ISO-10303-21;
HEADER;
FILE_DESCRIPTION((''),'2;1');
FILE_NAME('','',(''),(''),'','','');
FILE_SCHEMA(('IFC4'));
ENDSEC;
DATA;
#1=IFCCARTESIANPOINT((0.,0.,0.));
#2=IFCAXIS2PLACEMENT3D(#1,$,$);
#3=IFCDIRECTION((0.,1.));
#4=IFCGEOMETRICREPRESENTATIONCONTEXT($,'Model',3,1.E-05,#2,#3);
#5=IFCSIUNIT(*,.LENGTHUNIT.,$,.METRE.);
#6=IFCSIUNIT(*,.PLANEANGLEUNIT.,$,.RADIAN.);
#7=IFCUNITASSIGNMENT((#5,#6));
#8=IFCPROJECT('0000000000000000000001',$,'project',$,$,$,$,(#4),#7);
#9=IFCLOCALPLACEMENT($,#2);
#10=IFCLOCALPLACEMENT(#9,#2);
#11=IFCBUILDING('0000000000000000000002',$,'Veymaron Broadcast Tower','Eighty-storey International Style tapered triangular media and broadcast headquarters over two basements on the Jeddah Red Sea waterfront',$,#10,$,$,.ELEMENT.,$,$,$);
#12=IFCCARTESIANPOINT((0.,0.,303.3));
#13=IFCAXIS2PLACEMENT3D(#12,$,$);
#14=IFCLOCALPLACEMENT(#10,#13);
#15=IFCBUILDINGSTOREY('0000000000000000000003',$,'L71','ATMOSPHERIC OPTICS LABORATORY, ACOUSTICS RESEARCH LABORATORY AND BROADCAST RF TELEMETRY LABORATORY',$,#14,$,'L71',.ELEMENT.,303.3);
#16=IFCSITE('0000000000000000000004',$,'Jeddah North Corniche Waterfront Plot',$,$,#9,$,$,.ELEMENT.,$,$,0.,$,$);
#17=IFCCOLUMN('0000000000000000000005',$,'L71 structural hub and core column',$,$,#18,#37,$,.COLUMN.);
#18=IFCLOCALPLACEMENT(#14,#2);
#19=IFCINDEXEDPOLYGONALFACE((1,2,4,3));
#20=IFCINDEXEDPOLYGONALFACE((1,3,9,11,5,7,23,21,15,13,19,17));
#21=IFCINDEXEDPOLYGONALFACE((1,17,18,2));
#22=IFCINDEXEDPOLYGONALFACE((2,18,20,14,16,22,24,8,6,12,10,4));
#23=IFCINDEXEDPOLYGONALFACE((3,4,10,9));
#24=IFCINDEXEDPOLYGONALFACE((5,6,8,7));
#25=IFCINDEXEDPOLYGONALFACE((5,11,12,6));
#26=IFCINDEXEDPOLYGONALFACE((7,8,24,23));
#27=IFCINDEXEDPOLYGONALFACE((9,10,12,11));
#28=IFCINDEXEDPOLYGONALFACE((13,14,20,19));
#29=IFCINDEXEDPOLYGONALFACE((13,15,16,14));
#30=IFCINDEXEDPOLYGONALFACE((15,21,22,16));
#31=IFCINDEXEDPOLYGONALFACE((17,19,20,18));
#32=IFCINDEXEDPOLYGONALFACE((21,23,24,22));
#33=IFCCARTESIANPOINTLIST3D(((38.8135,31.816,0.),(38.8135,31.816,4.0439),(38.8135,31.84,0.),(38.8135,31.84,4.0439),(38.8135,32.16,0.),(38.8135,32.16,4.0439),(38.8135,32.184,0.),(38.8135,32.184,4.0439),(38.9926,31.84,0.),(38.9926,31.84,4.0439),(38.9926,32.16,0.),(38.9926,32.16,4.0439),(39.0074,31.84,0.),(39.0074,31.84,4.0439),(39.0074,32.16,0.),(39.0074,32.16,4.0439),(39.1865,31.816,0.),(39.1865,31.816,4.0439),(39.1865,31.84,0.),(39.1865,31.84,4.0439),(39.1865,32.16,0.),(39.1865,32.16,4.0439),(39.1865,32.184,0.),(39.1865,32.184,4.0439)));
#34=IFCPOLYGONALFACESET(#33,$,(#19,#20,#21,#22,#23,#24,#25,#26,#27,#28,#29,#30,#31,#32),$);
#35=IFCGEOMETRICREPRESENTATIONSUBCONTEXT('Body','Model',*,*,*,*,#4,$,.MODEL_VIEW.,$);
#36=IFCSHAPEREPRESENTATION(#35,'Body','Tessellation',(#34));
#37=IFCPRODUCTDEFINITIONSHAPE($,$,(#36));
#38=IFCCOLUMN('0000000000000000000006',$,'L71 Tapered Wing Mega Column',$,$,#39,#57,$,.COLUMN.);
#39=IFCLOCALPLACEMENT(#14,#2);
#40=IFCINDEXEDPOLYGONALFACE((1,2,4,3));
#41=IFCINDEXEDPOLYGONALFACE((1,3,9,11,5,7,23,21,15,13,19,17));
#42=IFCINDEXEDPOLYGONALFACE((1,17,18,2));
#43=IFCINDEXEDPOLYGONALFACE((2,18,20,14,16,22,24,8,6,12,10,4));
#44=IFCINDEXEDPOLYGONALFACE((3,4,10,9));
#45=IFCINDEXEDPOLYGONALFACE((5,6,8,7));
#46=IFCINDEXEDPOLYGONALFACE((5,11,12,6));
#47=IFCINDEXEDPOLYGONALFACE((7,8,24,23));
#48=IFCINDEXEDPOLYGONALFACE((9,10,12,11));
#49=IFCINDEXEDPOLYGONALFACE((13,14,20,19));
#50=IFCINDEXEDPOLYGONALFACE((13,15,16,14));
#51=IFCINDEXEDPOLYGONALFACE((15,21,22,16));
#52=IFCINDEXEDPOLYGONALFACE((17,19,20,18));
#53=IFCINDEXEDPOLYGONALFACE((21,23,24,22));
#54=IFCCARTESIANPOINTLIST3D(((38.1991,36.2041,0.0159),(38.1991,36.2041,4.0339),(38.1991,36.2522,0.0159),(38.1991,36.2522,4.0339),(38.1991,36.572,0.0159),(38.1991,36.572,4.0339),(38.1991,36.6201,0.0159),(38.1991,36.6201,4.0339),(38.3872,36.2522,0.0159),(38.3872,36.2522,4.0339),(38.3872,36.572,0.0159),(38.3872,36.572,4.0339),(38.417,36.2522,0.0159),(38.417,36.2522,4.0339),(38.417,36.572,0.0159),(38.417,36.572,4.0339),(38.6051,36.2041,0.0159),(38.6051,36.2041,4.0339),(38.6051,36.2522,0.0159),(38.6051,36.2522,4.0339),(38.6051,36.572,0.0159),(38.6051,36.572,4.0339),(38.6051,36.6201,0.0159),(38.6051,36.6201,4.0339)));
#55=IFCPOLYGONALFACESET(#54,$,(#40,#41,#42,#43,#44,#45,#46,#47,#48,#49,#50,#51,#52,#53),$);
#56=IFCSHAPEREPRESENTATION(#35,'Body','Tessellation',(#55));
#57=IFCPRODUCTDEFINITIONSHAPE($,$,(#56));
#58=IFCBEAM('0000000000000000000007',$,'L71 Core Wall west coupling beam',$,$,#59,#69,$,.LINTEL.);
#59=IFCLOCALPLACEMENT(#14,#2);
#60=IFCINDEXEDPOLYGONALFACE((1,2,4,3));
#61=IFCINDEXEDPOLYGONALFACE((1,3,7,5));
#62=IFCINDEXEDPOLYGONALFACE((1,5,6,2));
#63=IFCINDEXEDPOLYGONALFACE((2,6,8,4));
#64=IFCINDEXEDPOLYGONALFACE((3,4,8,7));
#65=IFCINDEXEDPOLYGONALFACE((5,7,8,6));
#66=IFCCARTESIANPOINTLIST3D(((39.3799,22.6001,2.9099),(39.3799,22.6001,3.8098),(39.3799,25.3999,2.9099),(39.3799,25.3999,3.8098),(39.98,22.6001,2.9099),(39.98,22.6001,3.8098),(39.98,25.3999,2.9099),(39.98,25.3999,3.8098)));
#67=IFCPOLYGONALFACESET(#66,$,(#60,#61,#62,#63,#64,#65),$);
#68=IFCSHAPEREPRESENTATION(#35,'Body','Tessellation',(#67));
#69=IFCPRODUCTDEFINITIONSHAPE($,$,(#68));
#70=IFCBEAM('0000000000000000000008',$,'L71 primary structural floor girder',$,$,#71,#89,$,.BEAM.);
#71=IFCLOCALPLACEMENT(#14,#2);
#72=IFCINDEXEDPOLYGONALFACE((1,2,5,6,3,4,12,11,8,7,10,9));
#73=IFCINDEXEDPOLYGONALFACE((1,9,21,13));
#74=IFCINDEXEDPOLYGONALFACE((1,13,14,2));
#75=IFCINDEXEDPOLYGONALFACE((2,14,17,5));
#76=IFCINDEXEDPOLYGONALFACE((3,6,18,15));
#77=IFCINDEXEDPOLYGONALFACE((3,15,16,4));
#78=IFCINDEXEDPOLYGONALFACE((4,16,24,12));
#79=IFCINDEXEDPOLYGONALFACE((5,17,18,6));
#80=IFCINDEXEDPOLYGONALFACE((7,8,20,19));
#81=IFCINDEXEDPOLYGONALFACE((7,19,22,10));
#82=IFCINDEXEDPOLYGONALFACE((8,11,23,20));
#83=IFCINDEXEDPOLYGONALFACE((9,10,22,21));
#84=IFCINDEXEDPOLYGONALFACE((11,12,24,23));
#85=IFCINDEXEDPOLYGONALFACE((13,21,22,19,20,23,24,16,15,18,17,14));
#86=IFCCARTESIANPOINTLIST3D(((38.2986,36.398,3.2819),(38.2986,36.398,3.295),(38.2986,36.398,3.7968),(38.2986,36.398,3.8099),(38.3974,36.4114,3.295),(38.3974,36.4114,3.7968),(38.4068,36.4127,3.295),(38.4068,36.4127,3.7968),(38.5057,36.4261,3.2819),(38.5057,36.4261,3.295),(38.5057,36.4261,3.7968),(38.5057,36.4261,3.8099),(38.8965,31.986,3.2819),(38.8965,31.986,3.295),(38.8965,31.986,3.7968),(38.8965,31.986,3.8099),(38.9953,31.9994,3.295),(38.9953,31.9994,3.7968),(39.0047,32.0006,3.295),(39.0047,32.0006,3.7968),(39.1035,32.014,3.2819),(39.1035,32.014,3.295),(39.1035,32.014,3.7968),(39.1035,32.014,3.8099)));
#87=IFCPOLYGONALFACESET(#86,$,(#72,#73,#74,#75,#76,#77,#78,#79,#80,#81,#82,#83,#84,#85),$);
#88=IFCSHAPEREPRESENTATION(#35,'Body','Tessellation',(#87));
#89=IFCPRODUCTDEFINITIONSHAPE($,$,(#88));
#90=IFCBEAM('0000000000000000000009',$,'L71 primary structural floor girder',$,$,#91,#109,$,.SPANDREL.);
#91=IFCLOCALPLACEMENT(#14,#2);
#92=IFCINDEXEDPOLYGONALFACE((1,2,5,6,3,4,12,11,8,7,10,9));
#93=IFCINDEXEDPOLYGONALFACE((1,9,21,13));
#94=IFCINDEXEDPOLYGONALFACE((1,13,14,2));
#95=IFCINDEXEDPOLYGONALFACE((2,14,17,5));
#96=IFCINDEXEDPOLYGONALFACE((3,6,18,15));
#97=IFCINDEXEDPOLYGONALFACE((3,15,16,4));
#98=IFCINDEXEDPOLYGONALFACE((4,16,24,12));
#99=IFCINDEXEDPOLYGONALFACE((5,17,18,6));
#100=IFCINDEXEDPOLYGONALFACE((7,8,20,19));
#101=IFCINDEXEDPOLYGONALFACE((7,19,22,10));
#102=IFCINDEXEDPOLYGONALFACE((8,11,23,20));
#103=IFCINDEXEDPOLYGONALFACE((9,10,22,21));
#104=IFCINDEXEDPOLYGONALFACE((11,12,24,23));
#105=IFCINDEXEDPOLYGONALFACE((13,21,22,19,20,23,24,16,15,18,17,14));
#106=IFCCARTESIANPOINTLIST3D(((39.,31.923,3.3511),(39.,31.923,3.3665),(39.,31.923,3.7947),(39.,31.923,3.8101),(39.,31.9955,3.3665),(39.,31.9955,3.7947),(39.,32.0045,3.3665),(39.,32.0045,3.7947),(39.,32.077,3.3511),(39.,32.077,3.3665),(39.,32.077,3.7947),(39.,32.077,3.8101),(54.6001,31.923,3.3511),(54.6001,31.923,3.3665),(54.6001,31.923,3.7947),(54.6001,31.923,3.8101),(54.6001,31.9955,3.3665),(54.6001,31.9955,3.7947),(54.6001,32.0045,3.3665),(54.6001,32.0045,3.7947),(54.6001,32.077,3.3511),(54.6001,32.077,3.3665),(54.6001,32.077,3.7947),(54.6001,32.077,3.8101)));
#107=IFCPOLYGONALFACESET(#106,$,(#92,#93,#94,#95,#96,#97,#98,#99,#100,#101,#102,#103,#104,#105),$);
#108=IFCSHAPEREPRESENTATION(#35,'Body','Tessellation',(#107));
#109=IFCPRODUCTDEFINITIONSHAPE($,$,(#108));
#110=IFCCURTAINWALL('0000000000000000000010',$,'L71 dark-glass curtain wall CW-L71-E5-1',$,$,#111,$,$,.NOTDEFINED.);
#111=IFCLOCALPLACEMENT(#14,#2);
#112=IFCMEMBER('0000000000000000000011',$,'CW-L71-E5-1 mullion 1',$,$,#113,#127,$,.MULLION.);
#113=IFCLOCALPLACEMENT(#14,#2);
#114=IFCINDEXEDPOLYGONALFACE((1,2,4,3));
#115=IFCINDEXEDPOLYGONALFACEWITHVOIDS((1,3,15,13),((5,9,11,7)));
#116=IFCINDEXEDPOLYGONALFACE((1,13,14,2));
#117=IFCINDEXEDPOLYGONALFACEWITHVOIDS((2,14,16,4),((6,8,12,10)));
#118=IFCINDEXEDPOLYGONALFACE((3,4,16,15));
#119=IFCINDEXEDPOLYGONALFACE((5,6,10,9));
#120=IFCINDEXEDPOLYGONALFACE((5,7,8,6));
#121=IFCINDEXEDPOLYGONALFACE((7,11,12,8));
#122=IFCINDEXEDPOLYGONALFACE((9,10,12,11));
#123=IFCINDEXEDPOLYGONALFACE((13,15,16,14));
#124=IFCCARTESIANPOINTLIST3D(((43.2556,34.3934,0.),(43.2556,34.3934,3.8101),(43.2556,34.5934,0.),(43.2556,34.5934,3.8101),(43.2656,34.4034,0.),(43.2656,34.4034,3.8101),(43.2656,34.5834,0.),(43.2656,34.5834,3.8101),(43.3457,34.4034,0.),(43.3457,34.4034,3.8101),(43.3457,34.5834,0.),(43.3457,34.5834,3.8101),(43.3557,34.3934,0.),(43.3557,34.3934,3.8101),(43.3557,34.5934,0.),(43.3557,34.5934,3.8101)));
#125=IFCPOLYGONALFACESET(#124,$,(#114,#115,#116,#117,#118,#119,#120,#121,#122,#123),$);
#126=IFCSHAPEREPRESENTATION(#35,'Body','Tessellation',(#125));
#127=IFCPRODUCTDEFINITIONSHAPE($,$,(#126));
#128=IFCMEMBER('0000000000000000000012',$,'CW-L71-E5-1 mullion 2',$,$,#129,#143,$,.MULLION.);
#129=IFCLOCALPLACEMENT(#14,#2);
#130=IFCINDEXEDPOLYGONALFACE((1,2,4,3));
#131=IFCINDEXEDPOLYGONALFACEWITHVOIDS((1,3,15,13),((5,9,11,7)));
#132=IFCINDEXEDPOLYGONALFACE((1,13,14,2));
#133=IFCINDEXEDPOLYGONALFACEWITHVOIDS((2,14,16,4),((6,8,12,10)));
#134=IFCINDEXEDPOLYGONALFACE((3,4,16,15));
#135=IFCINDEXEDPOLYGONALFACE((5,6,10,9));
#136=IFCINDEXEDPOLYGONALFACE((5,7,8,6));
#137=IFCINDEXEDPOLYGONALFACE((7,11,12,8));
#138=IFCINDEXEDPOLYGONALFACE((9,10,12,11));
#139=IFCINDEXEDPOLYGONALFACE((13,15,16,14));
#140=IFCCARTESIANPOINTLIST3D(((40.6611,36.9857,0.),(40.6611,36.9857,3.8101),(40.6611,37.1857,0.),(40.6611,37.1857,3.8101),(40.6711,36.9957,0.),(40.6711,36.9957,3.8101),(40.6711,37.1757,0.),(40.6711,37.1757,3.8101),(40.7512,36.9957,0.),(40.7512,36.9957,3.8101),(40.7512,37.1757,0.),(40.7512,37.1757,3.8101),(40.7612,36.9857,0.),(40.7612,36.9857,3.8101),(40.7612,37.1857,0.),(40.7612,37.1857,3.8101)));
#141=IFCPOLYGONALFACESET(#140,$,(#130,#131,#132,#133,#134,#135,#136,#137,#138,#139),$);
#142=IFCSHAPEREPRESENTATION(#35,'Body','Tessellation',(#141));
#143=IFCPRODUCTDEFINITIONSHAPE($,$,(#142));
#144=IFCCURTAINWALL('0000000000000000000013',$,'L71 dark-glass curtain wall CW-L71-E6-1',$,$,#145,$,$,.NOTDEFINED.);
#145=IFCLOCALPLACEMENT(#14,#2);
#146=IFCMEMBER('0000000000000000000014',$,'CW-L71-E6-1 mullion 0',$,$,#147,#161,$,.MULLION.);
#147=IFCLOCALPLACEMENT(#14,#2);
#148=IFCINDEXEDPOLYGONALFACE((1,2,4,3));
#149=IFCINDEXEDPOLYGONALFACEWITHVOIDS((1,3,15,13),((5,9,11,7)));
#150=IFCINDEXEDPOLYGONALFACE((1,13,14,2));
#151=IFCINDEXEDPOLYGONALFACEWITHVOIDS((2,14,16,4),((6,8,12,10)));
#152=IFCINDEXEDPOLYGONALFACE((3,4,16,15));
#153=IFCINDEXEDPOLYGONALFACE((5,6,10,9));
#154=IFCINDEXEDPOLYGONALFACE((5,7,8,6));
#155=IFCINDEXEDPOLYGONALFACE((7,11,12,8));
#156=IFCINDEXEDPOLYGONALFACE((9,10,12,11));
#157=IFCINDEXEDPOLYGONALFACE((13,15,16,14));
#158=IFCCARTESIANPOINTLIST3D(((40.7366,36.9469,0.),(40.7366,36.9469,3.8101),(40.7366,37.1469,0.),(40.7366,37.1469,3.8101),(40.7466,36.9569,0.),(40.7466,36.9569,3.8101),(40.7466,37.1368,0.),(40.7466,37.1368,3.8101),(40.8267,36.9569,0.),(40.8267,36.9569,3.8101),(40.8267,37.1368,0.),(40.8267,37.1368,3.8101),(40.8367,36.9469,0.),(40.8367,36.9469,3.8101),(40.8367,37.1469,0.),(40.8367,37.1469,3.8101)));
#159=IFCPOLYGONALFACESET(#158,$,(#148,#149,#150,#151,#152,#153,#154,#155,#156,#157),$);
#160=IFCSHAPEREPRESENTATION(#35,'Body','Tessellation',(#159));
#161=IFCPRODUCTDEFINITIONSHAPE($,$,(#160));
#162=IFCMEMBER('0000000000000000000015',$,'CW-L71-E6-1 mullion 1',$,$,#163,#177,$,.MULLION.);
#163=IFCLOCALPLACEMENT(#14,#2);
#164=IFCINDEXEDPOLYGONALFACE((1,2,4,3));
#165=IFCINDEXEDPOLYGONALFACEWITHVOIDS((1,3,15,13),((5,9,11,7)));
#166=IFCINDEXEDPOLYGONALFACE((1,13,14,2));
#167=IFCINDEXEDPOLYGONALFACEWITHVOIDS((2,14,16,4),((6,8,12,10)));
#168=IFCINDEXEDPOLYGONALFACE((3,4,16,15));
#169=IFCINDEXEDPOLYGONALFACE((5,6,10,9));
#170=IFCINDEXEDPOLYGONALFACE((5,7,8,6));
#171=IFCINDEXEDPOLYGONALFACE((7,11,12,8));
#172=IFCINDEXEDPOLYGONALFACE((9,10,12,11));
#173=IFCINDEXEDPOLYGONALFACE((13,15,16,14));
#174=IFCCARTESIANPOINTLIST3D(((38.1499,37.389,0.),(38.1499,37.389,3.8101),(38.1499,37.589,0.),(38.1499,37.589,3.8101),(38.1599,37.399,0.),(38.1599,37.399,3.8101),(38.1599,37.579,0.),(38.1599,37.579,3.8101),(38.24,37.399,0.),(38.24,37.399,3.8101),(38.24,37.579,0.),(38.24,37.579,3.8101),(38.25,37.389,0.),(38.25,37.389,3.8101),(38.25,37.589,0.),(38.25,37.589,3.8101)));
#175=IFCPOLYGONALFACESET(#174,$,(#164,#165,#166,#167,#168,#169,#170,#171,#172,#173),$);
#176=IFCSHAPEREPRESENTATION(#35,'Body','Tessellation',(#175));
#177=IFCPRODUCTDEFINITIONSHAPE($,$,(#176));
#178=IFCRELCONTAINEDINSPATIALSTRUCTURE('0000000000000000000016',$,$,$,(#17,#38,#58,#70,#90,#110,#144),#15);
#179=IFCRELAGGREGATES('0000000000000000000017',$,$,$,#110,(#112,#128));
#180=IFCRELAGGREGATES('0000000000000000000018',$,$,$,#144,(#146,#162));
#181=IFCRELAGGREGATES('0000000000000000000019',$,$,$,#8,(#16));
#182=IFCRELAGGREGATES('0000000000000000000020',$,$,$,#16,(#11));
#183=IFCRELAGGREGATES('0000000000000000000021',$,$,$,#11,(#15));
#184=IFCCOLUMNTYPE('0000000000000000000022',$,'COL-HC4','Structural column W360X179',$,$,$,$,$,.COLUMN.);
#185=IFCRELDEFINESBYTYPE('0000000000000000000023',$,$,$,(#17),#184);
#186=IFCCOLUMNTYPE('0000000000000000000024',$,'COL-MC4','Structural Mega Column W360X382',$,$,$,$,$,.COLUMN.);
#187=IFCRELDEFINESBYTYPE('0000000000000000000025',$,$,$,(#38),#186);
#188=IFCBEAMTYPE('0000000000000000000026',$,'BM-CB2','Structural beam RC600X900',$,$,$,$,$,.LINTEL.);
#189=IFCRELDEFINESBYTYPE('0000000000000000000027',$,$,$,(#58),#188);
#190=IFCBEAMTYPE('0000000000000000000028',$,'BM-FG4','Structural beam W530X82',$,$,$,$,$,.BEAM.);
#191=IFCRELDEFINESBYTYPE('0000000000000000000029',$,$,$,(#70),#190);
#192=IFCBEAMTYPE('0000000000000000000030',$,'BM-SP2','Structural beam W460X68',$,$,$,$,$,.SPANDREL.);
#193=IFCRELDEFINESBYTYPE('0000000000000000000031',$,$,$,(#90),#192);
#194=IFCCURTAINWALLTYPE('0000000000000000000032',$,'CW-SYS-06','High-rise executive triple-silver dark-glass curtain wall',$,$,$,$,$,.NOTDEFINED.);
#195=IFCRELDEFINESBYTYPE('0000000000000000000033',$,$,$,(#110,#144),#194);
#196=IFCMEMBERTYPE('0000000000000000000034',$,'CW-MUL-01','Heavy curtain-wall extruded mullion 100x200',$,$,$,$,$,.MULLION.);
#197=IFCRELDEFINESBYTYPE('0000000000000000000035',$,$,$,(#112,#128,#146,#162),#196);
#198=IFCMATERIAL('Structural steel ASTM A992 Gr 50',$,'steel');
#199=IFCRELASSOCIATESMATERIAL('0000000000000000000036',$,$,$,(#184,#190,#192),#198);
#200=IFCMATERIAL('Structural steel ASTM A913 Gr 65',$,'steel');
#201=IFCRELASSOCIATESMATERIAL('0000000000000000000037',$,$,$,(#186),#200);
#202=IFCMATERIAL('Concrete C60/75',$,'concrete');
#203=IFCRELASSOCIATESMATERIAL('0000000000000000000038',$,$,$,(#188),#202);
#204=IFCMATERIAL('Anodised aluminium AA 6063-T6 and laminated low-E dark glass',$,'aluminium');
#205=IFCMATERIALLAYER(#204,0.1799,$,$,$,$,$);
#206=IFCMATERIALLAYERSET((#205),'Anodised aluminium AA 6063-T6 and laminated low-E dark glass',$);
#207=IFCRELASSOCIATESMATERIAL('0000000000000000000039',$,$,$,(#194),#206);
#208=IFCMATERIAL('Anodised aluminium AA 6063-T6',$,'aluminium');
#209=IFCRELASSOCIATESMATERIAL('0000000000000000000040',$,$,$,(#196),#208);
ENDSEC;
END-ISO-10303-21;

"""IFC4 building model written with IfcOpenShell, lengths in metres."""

from ifc_helpers import new_model, si_unit, direction, frame, origin, origin_2d, place, context, subcontext, project, spatial, rectangle, hollow_rectangle, i_section, extrude, material, layer, layer_set, material_profile, profile_set, type_object, element, aggregate, save


model = new_model("IFC4")

# Units and contexts
model_context = context("Model", 3, precision=1e-05, world=origin(), true_north=direction((0.0, 1.0)))
body_context = subcontext(model_context, "Body", "Model", "MODEL_VIEW")
ifc_project = project(units=[si_unit("LENGTHUNIT", "METRE"), si_unit("PLANEANGLEUNIT", "RADIAN")], contexts=[model_context])

# Site, building, storey
site_placement = place(None, origin())
site = spatial("IfcSite", under=ifc_project, at=site_placement, Name="Jeddah North Corniche Waterfront Plot", CompositionType="ELEMENT", RefElevation=0.0)
building_placement = place(site_placement, origin())
building = spatial("IfcBuilding", under=site, at=building_placement, Name="Veymaron Broadcast Tower", Description="Eighty-storey International Style tapered triangular media and broadcast headquarters over two basements on the Jeddah Red Sea waterfront", CompositionType="ELEMENT")
storey_placement = place(building_placement, frame((0.0, 0.0, 303.3)))
storey = spatial("IfcBuildingStorey", under=building, at=storey_placement, Name="L71", Description="ATMOSPHERIC OPTICS LABORATORY, ACOUSTICS RESEARCH LABORATORY AND BROADCAST RF TELEMETRY LABORATORY", LongName="L71", CompositionType="ELEMENT", Elevation=303.3)

# Columns
ifc_material_1 = material(Name="Structural steel ASTM A992 Gr 50", Category="steel")
ifc_material_profile_1 = material_profile(ifc_material_1, i_section(OverallWidth=0.373, OverallDepth=0.3679, WebThickness=0.0149, FlangeThickness=0.0239, at=origin_2d()), Name="W360X179")
ifc_profile_set_1 = profile_set([ifc_material_profile_1], Name="Structural steel ASTM A992 Gr 50")
column_type_1 = type_object("IfcColumnType", Name="COL-HC4", Description="Structural column W360X179", PredefinedType="COLUMN", material=ifc_profile_set_1)
column_1_placement = place(storey_placement, frame((39.0, 32.0, 0.0), z_axis=(0.0, 0.0, 1.0), x_axis=(1.0, 0.0, 0.0)))
element("IfcColumn", 1, at=column_1_placement, inside=storey, type_object=column_type_1, Name="L71 structural hub and core column", PredefinedType="COLUMN", context=body_context, shape_type="SweptSolid", body=[
    extrude(i_section(OverallWidth=0.373, OverallDepth=0.3679, WebThickness=0.0149, FlangeThickness=0.0239, at=origin_2d()), origin(), (0.0, 0.0, 1.0), 4.0439),
])
ifc_material_2 = material(Name="Structural steel ASTM A913 Gr 65", Category="steel")
ifc_material_profile_2 = material_profile(ifc_material_2, i_section(OverallWidth=0.406, OverallDepth=0.416, WebThickness=0.0298, FlangeThickness=0.0481, at=origin_2d()), Name="W360X382")
ifc_profile_set_2 = profile_set([ifc_material_profile_2], Name="Structural steel ASTM A913 Gr 65")
column_type_2 = type_object("IfcColumnType", Name="COL-MC4", Description="Structural Mega Column W360X382", PredefinedType="COLUMN", material=ifc_profile_set_2)
column_2_placement = place(storey_placement, frame((38.4021, 36.4121, 0.0159), z_axis=(0.0, 0.0, 1.0), x_axis=(1.0, 0.0, 0.0)))
element("IfcColumn", 2, at=column_2_placement, inside=storey, type_object=column_type_2, Name="L71 Tapered Wing Mega Column", PredefinedType="COLUMN", context=body_context, shape_type="SweptSolid", body=[
    extrude(i_section(OverallWidth=0.406, OverallDepth=0.416, WebThickness=0.0298, FlangeThickness=0.0481, at=origin_2d()), origin(), (0.0, 0.0, 1.0), 4.0181),
])

# Beams
ifc_material_3 = material(Name="Concrete C60/75", Category="concrete")
ifc_material_profile_3 = material_profile(ifc_material_3, rectangle(XDim=0.6001, YDim=0.8999, at=origin_2d()), Name="RC600X900")
ifc_profile_set_3 = profile_set([ifc_material_profile_3], Name="Concrete C60/75")
beam_type_1 = type_object("IfcBeamType", Name="BM-CB2", Description="Structural beam RC600X900", PredefinedType="LINTEL", material=ifc_profile_set_3)
beam_1_placement = place(storey_placement, frame((39.6799, 22.6001, 3.3599), z_axis=(0.0, 1.0, 0.0), x_axis=(-1.0, 0.0, 0.0)))
element("IfcBeam", 3, at=beam_1_placement, inside=storey, type_object=beam_type_1, Name="L71 Core Wall west coupling beam", PredefinedType="LINTEL", context=body_context, shape_type="SweptSolid", body=[
    extrude(rectangle(XDim=0.6001, YDim=0.8999, at=origin_2d()), origin(), (0.0, 0.0, 1.0), 2.7998),
])
ifc_material_profile_4 = material_profile(ifc_material_1, i_section(OverallWidth=0.209, OverallDepth=0.5281, WebThickness=0.0095, FlangeThickness=0.0132, at=origin_2d()), Name="W530X82")
ifc_profile_set_4 = profile_set([ifc_material_profile_4], Name="Structural steel ASTM A992 Gr 50")
beam_type_2 = type_object("IfcBeamType", Name="BM-FG4", Description="Structural beam W530X82", PredefinedType="BEAM", material=ifc_profile_set_4)
beam_2_placement = place(storey_placement, frame((39.0, 32.0, 3.5459), z_axis=(-0.134286, 0.990943, 0.0), x_axis=(-0.990943, -0.134286, 0.0)))
element("IfcBeam", 4, at=beam_2_placement, inside=storey, type_object=beam_type_2, Name="L71 primary structural floor girder", PredefinedType="BEAM", context=body_context, shape_type="SweptSolid", body=[
    extrude(i_section(OverallWidth=0.209, OverallDepth=0.5281, WebThickness=0.0095, FlangeThickness=0.0132, at=origin_2d()), origin(), (0.0, 0.0, 1.0), 4.4524),
])
ifc_material_profile_5 = material_profile(ifc_material_1, i_section(OverallWidth=0.1541, OverallDepth=0.459, WebThickness=0.009, FlangeThickness=0.0154, at=origin_2d()), Name="W460X68")
ifc_profile_set_5 = profile_set([ifc_material_profile_5], Name="Structural steel ASTM A992 Gr 50")
beam_type_3 = type_object("IfcBeamType", Name="BM-SP2", Description="Structural beam W460X68", PredefinedType="SPANDREL", material=ifc_profile_set_5)
beam_3_placement = place(storey_placement, frame((39.0, 32.0, 3.5806), z_axis=(1.0, 0.0, 0.0), x_axis=(0.0, 1.0, 0.0)))
element("IfcBeam", 5, at=beam_3_placement, inside=storey, type_object=beam_type_3, Name="L71 primary structural floor girder", PredefinedType="SPANDREL", context=body_context, shape_type="SweptSolid", body=[
    extrude(i_section(OverallWidth=0.1541, OverallDepth=0.459, WebThickness=0.009, FlangeThickness=0.0154, at=origin_2d()), origin(), (0.0, 0.0, 1.0), 15.6001),
])

# Curtain walls, members
ifc_material_4 = material(Name="Anodised aluminium AA 6063-T6 and laminated low-E dark glass", Category="aluminium")
ifc_layer_1 = layer(ifc_material_4, 0.1799)
ifc_layer_set_1 = layer_set([ifc_layer_1], Name="Anodised aluminium AA 6063-T6 and laminated low-E dark glass")
curtain_wall_type = type_object("IfcCurtainWallType", Name="CW-SYS-06", Description="High-rise executive triple-silver dark-glass curtain wall", PredefinedType="NOTDEFINED", material=ifc_layer_set_1)
curtain_wall_1_placement = place(storey_placement, origin())
curtain_wall_1 = element("IfcCurtainWall", 6, at=curtain_wall_1_placement, inside=storey, type_object=curtain_wall_type, Name="L71 dark-glass curtain wall CW-L71-E5-1", PredefinedType="NOTDEFINED")
ifc_material_5 = material(Name="Anodised aluminium AA 6063-T6", Category="aluminium")
ifc_material_profile_6 = material_profile(ifc_material_5, hollow_rectangle(XDim=0.1001, YDim=0.2, WallThickness=0.01, at=origin_2d()), Name="RHS200X100X10")
ifc_profile_set_6 = profile_set([ifc_material_profile_6], Name="Anodised aluminium AA 6063-T6")
member_type_1 = type_object("IfcMemberType", Name="CW-MUL-01", Description="Heavy curtain-wall extruded mullion 100x200", PredefinedType="MULLION", material=ifc_profile_set_6)
member_1_placement = place(storey_placement, frame((43.3057, 34.4934, 0.0), z_axis=(0.0, 0.0, 1.0), x_axis=(1.0, 0.0, 0.0)))
member_1 = element("IfcMember", 7, at=member_1_placement, type_object=member_type_1, Name="CW-L71-E5-1 mullion 1", PredefinedType="MULLION", context=body_context, shape_type="SweptSolid", body=[
    extrude(hollow_rectangle(XDim=0.1001, YDim=0.2, WallThickness=0.01, at=origin_2d()), origin(), (0.0, 0.0, 1.0), 3.8101),
])
member_2_placement = place(storey_placement, frame((40.7112, 37.0857, 0.0), z_axis=(0.0, 0.0, 1.0), x_axis=(1.0, 0.0, 0.0)))
member_2 = element("IfcMember", 8, at=member_2_placement, type_object=member_type_1, Name="CW-L71-E5-1 mullion 2", PredefinedType="MULLION", context=body_context, shape_type="SweptSolid", body=[
    extrude(hollow_rectangle(XDim=0.1001, YDim=0.2, WallThickness=0.01, at=origin_2d()), origin(), (0.0, 0.0, 1.0), 3.8101),
])
curtain_wall_2_placement = place(storey_placement, origin())
curtain_wall_2 = element("IfcCurtainWall", 9, at=curtain_wall_2_placement, inside=storey, type_object=curtain_wall_type, Name="L71 dark-glass curtain wall CW-L71-E6-1", PredefinedType="NOTDEFINED")
member_3_placement = place(storey_placement, frame((40.7866, 37.0469, 0.0), z_axis=(0.0, 0.0, 1.0), x_axis=(1.0, 0.0, 0.0)))
member_3 = element("IfcMember", 10, at=member_3_placement, type_object=member_type_1, Name="CW-L71-E6-1 mullion 0", PredefinedType="MULLION", context=body_context, shape_type="SweptSolid", body=[
    extrude(hollow_rectangle(XDim=0.1001, YDim=0.2, WallThickness=0.01, at=origin_2d()), origin(), (0.0, 0.0, 1.0), 3.8101),
])
member_4_placement = place(storey_placement, frame((38.2, 37.489, 0.0), z_axis=(0.0, 0.0, 1.0), x_axis=(1.0, 0.0, 0.0)))
member_4 = element("IfcMember", 11, at=member_4_placement, type_object=member_type_1, Name="CW-L71-E6-1 mullion 1", PredefinedType="MULLION", context=body_context, shape_type="SweptSolid", body=[
    extrude(hollow_rectangle(XDim=0.1001, YDim=0.2, WallThickness=0.01, at=origin_2d()), origin(), (0.0, 0.0, 1.0), 3.8101),
])

aggregate(curtain_wall_1, [member_1, member_2])
aggregate(curtain_wall_2, [member_3, member_4])

save(model, "model.ifc")
